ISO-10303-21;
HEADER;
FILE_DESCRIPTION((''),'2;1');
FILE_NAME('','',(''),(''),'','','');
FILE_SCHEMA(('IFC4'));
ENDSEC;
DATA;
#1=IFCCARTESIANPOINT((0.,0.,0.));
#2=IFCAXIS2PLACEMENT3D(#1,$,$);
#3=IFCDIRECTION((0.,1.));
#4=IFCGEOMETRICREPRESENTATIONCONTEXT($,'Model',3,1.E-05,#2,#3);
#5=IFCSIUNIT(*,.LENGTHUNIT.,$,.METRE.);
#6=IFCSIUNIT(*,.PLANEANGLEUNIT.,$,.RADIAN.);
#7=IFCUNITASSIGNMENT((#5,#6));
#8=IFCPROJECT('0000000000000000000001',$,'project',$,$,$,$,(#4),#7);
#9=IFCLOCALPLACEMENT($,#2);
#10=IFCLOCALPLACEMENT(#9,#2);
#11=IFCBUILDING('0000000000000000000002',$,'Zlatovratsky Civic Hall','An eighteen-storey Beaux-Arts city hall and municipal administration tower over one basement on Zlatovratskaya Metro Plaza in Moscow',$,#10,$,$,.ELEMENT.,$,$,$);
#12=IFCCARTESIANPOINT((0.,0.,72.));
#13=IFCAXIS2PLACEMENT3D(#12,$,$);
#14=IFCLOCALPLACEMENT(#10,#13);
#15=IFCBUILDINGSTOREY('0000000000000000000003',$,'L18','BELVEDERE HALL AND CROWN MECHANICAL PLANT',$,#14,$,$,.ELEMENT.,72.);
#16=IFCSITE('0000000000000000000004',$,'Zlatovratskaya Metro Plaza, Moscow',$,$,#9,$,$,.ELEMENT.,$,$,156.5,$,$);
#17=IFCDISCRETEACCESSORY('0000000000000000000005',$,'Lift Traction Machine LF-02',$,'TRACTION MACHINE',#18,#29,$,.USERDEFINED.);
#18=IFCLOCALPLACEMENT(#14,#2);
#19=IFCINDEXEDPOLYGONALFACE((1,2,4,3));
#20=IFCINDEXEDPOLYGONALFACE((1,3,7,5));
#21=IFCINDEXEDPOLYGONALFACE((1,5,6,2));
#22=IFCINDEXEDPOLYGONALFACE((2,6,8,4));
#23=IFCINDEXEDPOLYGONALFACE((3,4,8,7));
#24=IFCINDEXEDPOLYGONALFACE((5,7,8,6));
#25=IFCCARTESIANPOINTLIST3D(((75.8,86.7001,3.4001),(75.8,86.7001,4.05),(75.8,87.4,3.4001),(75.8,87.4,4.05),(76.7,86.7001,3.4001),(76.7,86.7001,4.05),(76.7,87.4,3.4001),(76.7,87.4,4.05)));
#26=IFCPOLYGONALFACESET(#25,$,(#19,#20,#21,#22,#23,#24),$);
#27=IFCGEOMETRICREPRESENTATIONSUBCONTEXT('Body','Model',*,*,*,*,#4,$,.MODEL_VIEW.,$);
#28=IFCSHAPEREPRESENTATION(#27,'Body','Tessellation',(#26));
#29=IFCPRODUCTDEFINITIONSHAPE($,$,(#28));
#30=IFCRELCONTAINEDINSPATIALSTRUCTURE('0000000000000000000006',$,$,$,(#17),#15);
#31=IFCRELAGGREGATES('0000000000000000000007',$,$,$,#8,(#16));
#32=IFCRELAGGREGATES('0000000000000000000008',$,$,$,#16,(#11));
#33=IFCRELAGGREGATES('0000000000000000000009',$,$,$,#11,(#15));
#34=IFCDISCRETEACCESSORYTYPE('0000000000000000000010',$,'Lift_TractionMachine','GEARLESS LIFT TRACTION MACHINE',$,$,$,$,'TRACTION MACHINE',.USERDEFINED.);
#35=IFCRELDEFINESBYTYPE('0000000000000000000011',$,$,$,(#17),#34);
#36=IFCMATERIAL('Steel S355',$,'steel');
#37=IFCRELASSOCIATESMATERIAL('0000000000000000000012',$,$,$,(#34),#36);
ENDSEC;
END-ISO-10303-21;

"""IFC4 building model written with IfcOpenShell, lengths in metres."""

from ifc_helpers import new_model, si_unit, direction, frame, origin, origin_2d, place, context, subcontext, project, spatial, rectangle, extrude, material, type_object, element, save


model = new_model("IFC4")

# Units and contexts
model_context = context("Model", 3, precision=1e-05, world=origin(), true_north=direction((0.0, 1.0)))
body_context = subcontext(model_context, "Body", "Model", "MODEL_VIEW")
ifc_project = project(units=[si_unit("LENGTHUNIT", "METRE"), si_unit("PLANEANGLEUNIT", "RADIAN")], contexts=[model_context])

# Site, building, storey
site_placement = place(None, origin())
site = spatial("IfcSite", under=ifc_project, at=site_placement, Name="Zlatovratskaya Metro Plaza, Moscow", CompositionType="ELEMENT", RefElevation=156.5)
building_placement = place(site_placement, origin())
building = spatial("IfcBuilding", under=site, at=building_placement, Name="Zlatovratsky Civic Hall", Description="An eighteen-storey Beaux-Arts city hall and municipal administration tower over one basement on Zlatovratskaya Metro Plaza in Moscow", CompositionType="ELEMENT")
storey_placement = place(building_placement, frame((0.0, 0.0, 72.0)))
storey = spatial("IfcBuildingStorey", under=building, at=storey_placement, Name="L18", Description="BELVEDERE HALL AND CROWN MECHANICAL PLANT", CompositionType="ELEMENT", Elevation=72.0)

# Shared definitions
ifc_material_1 = material(Name="Steel S355", Category="steel")

# Discrete accessory
discrete_accessory_type = type_object("IfcDiscreteAccessoryType", Name="Lift_TractionMachine", Description="GEARLESS LIFT TRACTION MACHINE", ElementType="TRACTION MACHINE", PredefinedType="USERDEFINED", material=ifc_material_1)
for number, where, z_axis, x_axis, name in (
    (1, (76.25, 87.05, 3.4001), (0.0, 0.0, 1.0), (1.0, 0.0, 0.0), "Lift Traction Machine LF-02"),
):
    element("IfcDiscreteAccessory", number, at=place(storey_placement, frame(where, z_axis=z_axis, x_axis=x_axis)), inside=storey, type_object=discrete_accessory_type, Name=name, ObjectType="TRACTION MACHINE", PredefinedType="USERDEFINED", context=body_context, shape_type="SweptSolid", body=[
        extrude(rectangle(XDim=0.8999, YDim=0.7, at=origin_2d()), origin(), (0.0, 0.0, 1.0), 0.6499),
    ])

save(model, "model.ifc")
